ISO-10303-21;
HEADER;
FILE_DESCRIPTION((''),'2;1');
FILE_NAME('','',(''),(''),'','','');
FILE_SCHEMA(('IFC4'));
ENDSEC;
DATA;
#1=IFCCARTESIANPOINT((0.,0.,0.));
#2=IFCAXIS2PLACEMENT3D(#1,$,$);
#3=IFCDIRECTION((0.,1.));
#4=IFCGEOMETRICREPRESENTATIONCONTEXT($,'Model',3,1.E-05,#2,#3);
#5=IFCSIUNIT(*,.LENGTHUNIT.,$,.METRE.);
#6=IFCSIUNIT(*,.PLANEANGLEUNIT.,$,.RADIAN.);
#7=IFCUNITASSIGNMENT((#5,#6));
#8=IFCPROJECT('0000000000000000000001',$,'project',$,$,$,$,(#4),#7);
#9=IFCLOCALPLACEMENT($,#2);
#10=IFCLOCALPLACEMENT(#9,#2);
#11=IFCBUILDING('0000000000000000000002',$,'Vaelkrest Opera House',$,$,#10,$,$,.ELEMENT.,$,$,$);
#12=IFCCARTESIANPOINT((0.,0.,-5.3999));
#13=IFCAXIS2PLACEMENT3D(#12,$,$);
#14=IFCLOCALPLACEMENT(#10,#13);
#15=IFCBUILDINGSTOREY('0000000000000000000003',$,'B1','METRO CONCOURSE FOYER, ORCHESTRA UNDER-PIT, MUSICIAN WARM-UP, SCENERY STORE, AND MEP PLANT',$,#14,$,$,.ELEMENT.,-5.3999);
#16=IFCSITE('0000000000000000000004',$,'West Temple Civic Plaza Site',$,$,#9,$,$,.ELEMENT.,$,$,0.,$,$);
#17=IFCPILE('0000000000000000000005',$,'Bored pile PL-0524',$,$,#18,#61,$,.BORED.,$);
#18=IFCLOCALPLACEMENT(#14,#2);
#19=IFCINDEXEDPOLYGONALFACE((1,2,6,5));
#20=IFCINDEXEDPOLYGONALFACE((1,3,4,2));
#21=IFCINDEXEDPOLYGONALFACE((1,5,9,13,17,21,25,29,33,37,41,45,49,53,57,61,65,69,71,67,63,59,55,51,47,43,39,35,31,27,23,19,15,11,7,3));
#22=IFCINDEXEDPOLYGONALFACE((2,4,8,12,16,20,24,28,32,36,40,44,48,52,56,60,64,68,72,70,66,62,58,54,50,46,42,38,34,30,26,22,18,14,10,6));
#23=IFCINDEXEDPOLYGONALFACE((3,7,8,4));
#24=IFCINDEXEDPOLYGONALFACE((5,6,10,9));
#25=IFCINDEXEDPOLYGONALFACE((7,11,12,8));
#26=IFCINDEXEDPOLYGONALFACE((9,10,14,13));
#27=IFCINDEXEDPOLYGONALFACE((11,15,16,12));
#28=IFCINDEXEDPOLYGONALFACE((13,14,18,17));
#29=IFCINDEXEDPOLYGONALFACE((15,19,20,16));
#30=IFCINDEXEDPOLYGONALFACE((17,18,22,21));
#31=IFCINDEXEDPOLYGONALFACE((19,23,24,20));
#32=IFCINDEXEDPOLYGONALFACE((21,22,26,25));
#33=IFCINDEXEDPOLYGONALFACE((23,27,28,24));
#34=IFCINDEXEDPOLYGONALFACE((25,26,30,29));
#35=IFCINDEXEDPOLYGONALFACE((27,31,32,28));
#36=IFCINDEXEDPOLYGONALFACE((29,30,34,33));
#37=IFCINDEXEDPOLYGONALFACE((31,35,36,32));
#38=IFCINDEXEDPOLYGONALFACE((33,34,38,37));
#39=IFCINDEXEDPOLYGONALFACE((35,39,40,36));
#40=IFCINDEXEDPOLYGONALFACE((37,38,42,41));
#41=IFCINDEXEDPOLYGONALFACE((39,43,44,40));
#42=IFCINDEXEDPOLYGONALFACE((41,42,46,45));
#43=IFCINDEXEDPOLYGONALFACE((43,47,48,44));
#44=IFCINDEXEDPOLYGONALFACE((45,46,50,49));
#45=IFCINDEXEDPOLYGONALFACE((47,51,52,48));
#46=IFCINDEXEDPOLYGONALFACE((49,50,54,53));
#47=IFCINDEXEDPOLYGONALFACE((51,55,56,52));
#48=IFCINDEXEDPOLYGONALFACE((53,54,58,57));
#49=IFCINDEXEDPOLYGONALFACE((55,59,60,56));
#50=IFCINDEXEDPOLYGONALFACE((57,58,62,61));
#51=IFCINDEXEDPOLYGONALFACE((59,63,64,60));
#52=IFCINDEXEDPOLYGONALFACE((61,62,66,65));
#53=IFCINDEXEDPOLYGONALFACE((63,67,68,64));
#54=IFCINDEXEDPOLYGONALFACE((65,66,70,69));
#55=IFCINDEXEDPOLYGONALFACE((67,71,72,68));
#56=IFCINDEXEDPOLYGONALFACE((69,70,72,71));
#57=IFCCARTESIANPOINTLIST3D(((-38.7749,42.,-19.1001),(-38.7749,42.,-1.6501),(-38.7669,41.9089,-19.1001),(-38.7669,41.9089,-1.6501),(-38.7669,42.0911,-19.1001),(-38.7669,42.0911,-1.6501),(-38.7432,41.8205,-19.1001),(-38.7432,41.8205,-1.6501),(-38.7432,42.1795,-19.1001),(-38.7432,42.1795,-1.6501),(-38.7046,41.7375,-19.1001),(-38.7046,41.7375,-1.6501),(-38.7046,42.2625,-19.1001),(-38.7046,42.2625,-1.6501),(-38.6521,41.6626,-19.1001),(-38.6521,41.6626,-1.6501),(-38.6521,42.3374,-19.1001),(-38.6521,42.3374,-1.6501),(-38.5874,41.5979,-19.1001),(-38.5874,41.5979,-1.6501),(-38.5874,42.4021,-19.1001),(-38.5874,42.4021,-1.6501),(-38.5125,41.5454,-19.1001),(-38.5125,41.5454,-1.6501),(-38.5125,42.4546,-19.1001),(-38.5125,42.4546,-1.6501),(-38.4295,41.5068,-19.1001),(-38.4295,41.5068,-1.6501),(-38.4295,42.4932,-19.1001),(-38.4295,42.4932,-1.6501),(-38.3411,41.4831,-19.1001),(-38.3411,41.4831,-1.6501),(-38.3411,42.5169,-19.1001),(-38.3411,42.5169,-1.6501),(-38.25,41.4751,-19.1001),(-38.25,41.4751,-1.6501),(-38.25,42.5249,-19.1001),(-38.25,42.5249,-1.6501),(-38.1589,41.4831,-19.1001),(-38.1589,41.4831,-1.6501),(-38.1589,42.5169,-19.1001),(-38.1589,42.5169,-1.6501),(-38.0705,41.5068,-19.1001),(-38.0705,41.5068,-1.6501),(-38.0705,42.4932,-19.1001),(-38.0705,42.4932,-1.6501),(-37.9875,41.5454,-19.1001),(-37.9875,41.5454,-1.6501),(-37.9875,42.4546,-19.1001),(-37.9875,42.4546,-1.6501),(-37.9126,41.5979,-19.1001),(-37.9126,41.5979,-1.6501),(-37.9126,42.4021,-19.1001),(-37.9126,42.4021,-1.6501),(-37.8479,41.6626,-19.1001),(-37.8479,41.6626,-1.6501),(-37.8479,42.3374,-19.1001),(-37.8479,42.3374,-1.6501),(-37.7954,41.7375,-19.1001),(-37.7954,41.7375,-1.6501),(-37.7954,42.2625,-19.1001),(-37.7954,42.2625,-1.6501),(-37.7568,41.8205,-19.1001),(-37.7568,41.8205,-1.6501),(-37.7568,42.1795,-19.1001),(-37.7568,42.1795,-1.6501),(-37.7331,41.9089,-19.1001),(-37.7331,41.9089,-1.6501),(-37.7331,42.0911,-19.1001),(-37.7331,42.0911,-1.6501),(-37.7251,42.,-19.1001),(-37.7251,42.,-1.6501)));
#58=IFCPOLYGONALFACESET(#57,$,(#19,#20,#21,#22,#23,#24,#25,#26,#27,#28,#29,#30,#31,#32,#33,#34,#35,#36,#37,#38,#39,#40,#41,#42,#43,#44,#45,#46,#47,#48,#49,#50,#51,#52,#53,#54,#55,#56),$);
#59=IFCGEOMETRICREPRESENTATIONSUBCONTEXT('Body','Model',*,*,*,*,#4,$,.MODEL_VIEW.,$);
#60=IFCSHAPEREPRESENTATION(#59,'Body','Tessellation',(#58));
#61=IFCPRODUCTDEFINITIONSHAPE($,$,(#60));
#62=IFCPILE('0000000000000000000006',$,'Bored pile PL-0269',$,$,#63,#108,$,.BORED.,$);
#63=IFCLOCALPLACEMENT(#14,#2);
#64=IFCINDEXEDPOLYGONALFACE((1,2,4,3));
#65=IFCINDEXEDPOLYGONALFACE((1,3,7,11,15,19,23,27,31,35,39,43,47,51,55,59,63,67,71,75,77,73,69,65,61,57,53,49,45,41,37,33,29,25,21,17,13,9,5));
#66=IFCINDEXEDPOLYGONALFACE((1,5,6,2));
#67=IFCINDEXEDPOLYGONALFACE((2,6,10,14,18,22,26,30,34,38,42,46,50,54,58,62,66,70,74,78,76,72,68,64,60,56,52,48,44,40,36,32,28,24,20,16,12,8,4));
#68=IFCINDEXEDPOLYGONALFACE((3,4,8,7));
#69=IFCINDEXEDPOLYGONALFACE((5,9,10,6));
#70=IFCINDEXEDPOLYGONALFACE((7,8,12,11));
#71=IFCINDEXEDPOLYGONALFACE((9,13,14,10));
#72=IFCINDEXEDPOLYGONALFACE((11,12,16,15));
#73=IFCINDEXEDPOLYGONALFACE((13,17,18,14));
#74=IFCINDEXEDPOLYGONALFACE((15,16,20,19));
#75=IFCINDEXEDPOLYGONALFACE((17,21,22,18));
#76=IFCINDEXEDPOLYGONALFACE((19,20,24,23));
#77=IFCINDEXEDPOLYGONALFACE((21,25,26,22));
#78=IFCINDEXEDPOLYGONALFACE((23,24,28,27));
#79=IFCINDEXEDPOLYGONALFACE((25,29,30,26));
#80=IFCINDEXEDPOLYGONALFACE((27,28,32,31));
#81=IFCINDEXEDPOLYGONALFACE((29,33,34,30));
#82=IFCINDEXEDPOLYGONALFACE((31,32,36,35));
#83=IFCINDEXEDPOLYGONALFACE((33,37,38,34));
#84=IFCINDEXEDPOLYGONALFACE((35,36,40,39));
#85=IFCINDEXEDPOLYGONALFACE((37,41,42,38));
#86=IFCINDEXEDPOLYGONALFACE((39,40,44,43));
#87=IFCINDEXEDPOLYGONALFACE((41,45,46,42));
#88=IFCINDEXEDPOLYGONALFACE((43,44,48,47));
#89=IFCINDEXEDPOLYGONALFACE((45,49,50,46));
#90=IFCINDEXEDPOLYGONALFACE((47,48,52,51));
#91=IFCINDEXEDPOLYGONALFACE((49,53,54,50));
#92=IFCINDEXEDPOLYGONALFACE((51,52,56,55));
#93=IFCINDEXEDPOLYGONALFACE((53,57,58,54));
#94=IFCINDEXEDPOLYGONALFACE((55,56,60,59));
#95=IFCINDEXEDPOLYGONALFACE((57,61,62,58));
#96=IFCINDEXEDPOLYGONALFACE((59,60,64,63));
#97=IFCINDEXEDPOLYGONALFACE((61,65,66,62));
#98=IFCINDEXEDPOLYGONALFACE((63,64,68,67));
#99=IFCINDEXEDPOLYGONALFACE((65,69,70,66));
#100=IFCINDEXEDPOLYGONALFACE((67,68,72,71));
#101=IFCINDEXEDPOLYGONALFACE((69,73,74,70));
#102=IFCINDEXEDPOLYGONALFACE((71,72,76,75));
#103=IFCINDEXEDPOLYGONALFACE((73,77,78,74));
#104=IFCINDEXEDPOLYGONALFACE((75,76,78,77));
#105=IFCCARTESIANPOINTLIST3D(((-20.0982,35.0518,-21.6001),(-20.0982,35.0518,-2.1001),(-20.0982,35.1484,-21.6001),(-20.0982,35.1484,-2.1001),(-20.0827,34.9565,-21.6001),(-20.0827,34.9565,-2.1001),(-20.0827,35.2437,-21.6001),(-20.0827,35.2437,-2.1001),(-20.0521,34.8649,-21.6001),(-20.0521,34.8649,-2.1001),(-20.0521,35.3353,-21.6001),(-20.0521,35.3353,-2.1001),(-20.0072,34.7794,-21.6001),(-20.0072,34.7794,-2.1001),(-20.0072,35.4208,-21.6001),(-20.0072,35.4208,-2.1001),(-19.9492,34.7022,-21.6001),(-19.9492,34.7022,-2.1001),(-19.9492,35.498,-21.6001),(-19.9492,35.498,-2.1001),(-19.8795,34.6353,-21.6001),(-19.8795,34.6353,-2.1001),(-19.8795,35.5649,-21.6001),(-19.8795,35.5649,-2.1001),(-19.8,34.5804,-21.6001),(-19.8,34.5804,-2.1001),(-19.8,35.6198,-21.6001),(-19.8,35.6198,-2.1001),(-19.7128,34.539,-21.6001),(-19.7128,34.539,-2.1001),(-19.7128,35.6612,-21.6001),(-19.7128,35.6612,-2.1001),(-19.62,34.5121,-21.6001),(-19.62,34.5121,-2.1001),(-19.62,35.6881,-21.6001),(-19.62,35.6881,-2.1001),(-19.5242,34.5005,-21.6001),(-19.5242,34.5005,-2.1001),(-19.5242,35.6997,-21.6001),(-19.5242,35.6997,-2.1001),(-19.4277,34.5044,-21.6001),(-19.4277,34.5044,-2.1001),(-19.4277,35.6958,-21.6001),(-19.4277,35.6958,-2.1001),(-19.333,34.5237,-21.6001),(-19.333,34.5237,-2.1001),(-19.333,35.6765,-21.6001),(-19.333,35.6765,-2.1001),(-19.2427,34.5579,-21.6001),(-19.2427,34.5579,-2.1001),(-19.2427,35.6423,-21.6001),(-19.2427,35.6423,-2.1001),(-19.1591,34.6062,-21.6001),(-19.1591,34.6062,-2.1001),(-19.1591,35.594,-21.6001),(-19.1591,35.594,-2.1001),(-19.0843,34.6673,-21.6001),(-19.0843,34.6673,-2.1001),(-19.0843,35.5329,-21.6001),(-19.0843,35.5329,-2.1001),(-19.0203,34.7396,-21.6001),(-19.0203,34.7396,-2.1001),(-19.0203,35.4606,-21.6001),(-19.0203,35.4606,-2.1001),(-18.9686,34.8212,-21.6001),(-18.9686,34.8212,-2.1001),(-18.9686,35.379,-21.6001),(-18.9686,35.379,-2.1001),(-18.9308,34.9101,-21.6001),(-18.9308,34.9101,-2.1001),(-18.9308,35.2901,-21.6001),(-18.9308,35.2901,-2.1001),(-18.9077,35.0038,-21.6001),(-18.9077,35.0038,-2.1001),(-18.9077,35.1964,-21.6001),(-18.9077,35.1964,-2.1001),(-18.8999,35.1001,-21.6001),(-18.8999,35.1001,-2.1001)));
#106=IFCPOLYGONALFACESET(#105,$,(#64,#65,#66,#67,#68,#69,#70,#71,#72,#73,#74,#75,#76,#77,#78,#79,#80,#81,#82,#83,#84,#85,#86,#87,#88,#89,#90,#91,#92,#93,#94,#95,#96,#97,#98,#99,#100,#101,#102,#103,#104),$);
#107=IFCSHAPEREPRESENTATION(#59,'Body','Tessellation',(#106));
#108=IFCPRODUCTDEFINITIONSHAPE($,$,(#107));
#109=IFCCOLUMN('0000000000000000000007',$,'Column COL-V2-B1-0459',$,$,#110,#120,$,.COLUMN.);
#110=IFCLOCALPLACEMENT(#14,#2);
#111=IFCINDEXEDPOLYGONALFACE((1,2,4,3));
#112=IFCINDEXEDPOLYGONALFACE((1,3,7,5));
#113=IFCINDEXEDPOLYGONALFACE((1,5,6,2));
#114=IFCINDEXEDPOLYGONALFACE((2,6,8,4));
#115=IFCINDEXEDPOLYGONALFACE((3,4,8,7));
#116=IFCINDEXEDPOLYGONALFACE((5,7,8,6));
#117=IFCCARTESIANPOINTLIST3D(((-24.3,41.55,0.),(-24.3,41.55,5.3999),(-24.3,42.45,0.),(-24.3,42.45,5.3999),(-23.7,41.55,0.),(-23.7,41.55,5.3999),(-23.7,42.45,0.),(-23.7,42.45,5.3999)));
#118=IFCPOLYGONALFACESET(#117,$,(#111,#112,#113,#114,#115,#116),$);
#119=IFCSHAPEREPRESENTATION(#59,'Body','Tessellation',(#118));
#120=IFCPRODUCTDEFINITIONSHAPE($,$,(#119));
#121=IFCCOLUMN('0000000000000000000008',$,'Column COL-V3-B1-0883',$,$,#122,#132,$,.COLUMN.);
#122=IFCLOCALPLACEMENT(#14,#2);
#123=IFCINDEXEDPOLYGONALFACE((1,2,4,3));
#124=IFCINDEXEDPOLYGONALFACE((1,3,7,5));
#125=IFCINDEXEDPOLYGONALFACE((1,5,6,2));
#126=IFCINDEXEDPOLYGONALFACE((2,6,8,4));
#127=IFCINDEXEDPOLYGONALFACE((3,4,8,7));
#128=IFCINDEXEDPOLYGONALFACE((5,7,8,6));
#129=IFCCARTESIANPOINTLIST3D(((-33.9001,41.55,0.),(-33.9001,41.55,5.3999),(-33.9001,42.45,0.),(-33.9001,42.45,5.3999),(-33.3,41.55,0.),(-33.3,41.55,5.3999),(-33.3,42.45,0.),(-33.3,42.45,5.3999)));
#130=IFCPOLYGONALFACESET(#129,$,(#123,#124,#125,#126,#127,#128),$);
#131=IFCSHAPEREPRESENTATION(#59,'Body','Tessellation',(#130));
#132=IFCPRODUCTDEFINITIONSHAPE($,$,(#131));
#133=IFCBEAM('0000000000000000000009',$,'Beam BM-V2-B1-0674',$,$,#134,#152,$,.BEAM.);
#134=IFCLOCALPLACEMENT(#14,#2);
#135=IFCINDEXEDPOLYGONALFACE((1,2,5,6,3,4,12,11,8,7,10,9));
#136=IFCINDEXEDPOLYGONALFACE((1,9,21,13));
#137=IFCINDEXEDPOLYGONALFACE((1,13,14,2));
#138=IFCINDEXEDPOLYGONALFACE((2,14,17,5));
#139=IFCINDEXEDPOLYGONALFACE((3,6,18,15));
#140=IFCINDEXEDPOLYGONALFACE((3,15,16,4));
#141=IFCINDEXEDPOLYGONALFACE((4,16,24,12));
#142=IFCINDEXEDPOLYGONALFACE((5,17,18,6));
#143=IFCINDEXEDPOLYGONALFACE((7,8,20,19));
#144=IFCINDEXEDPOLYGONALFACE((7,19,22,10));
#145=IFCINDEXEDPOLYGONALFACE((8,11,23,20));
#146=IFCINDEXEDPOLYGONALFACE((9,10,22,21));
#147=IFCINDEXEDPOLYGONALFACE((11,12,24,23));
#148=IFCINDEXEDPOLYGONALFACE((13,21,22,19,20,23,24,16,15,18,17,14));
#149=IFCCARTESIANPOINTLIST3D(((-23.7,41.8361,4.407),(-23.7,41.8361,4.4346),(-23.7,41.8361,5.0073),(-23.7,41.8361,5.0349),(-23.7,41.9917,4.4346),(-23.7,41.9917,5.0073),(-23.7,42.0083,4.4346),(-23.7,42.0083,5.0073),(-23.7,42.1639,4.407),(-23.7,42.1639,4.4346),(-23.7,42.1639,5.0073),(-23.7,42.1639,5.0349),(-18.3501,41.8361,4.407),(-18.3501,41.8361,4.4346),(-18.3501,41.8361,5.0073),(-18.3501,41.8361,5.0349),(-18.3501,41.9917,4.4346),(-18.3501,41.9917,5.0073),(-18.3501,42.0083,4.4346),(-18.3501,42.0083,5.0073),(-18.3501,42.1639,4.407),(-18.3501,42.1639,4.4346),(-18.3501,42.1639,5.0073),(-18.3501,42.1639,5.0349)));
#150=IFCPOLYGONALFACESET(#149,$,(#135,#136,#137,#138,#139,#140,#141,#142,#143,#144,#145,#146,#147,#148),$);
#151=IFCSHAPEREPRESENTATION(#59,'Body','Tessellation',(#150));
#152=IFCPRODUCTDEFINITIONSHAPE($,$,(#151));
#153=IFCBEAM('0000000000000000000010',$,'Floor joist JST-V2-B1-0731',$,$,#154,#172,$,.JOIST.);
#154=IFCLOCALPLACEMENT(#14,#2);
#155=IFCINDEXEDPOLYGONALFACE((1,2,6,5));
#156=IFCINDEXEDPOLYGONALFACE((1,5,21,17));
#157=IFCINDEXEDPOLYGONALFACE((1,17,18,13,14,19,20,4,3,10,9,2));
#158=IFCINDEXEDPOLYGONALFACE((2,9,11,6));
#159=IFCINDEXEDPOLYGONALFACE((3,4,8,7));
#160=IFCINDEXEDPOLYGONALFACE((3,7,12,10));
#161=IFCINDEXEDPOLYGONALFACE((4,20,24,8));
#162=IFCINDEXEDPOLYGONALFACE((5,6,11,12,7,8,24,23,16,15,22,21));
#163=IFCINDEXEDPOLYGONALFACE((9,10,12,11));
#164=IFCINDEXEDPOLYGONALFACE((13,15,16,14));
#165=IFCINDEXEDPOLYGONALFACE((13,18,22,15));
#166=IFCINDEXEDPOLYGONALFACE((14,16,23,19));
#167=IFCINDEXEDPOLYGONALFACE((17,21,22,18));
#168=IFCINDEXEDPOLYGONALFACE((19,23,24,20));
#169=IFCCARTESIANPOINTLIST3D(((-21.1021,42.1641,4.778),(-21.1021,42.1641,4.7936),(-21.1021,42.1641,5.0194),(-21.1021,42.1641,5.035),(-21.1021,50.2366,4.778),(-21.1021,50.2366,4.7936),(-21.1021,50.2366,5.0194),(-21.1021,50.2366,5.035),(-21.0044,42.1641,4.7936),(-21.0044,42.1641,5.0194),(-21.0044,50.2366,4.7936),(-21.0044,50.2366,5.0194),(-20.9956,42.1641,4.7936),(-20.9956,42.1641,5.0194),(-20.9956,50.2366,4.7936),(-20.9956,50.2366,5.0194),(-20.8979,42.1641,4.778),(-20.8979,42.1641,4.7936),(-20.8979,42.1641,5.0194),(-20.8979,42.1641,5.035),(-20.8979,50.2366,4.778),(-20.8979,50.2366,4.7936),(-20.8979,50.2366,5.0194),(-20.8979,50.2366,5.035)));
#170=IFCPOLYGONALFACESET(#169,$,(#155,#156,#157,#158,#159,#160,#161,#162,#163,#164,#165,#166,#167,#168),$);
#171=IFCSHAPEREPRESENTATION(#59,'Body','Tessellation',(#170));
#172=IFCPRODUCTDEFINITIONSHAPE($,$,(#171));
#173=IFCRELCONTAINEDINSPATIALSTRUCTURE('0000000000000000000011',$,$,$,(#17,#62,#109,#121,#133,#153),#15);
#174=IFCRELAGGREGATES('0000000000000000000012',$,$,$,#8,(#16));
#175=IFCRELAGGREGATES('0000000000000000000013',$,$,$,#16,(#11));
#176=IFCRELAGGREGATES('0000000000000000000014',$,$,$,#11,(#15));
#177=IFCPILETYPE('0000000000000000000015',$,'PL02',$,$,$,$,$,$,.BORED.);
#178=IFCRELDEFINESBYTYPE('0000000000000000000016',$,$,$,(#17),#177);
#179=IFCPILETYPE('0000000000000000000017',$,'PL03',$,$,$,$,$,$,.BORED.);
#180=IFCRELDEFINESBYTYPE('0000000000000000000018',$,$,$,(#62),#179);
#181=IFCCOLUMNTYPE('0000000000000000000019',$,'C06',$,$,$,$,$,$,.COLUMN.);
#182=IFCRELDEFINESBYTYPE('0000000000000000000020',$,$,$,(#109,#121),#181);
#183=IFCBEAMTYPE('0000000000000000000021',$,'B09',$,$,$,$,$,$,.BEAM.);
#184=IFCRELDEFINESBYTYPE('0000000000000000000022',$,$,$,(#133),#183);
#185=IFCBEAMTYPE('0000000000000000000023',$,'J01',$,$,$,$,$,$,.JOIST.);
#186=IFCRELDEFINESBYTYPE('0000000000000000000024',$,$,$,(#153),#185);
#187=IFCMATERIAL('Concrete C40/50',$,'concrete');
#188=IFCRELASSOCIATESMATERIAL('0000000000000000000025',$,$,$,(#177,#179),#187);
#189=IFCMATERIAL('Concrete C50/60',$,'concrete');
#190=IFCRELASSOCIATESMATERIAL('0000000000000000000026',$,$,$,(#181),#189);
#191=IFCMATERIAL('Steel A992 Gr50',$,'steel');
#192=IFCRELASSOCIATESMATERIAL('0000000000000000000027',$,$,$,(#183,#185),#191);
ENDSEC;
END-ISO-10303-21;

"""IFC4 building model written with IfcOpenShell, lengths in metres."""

from ifc_helpers import new_model, si_unit, direction, frame, origin, origin_2d, place, context, subcontext, project, spatial, rectangle, circle, i_section, extrude, material, material_profile, profile_set, type_object, element, save


model = new_model("IFC4")

# Units and contexts
model_context = context("Model", 3, precision=1e-05, world=origin(), true_north=direction((0.0, 1.0)))
body_context = subcontext(model_context, "Body", "Model", "MODEL_VIEW")
ifc_project = project(units=[si_unit("LENGTHUNIT", "METRE"), si_unit("PLANEANGLEUNIT", "RADIAN")], contexts=[model_context])

# Site, building, storey
site_placement = place(None, origin())
site = spatial("IfcSite", under=ifc_project, at=site_placement, Name="West Temple Civic Plaza Site", CompositionType="ELEMENT", RefElevation=0.0)
building_placement = place(site_placement, origin())
building = spatial("IfcBuilding", under=site, at=building_placement, Name="Vaelkrest Opera House", CompositionType="ELEMENT")
storey_placement = place(building_placement, frame((0.0, 0.0, -5.3999)))
storey = spatial("IfcBuildingStorey", under=building, at=storey_placement, Name="B1", Description="METRO CONCOURSE FOYER, ORCHESTRA UNDER-PIT, MUSICIAN WARM-UP, SCENERY STORE, AND MEP PLANT", CompositionType="ELEMENT", Elevation=-5.3999)

# Shared definitions
ifc_material_1 = material(Name="Concrete C40/50", Category="concrete")

# Piles
ifc_material_profile_1 = material_profile(ifc_material_1, circle(Radius=0.5249, at=origin_2d()), Name="PILE1050")
ifc_profile_set_1 = profile_set([ifc_material_profile_1], Name="Concrete C40/50")
pile_type_1 = type_object("IfcPileType", Name="PL02", PredefinedType="BORED", material=ifc_profile_set_1)
pile_1_placement = place(storey_placement, frame((-38.25, 42.0, -1.6501), z_axis=(0.0, 0.0, -1.0), x_axis=(1.0, 0.0, 0.0)))
element("IfcPile", 1, at=pile_1_placement, inside=storey, type_object=pile_type_1, Name="Bored pile PL-0524", PredefinedType="BORED", context=body_context, shape_type="SweptSolid", body=[
    extrude(circle(Radius=0.5249, at=origin_2d()), origin(), (0.0, 0.0, 1.0), 17.45),
])
ifc_material_profile_2 = material_profile(ifc_material_1, circle(Radius=0.6001, at=origin_2d()), Name="PILE1200")
ifc_profile_set_2 = profile_set([ifc_material_profile_2], Name="Concrete C40/50")
pile_type_2 = type_object("IfcPileType", Name="PL03", PredefinedType="BORED", material=ifc_profile_set_2)
pile_2_placement = place(storey_placement, frame((-19.5, 35.1001, -2.1001), z_axis=(0.0, 0.0, -1.0), x_axis=(1.0, 0.0, 0.0)))
element("IfcPile", 2, at=pile_2_placement, inside=storey, type_object=pile_type_2, Name="Bored pile PL-0269", PredefinedType="BORED", context=body_context, shape_type="SweptSolid", body=[
    extrude(circle(Radius=0.6001, at=origin_2d()), origin(), (0.0, 0.0, 1.0), 19.5),
])

# Columns
ifc_material_2 = material(Name="Concrete C50/60", Category="concrete")
ifc_material_profile_3 = material_profile(ifc_material_2, rectangle(XDim=0.6001, YDim=0.8999, at=origin_2d()), Name="RC600X900")
ifc_profile_set_3 = profile_set([ifc_material_profile_3], Name="Concrete C50/60")
column_type = type_object("IfcColumnType", Name="C06", PredefinedType="COLUMN", material=ifc_profile_set_3)
for number, where, z_axis, x_axis, name in (
    (3, (-24.0, 42.0, 0.0), (0.0, 0.0, 1.0), (1.0, 0.0, 0.0), "Column COL-V2-B1-0459"),
    (4, (-33.6001, 42.0, 0.0), (0.0, 0.0, 1.0), (1.0, 0.0, 0.0), "Column COL-V3-B1-0883"),
):
    element("IfcColumn", number, at=place(storey_placement, frame(where, z_axis=z_axis, x_axis=x_axis)), inside=storey, type_object=column_type, Name=name, PredefinedType="COLUMN", context=body_context, shape_type="SweptSolid", body=[
        extrude(rectangle(XDim=0.6001, YDim=0.8999, at=origin_2d()), origin(), (0.0, 0.0, 1.0), 5.3999),
    ])

# Beams
ifc_material_3 = material(Name="Steel A992 Gr50", Category="steel")
ifc_material_profile_4 = material_profile(ifc_material_3, i_section(OverallWidth=0.3279, OverallDepth=0.6279, WebThickness=0.0166, FlangeThickness=0.0276, at=origin_2d()), Name="W24X146")
ifc_profile_set_4 = profile_set([ifc_material_profile_4], Name="Steel A992 Gr50")
beam_type_1 = type_object("IfcBeamType", Name="B09", PredefinedType="BEAM", material=ifc_profile_set_4)
beam_1_placement = place(storey_placement, frame((-23.7, 42.0, 4.7209), z_axis=(1.0, 0.0, 0.0), x_axis=(0.0, 1.0, 0.0)))
element("IfcBeam", 5, at=beam_1_placement, inside=storey, type_object=beam_type_1, Name="Beam BM-V2-B1-0674", PredefinedType="BEAM", context=body_context, shape_type="SweptSolid", body=[
    extrude(i_section(OverallWidth=0.3279, OverallDepth=0.6279, WebThickness=0.0166, FlangeThickness=0.0276, at=origin_2d()), origin(), (0.0, 0.0, 1.0), 5.3499),
])
ifc_material_profile_5 = material_profile(ifc_material_3, i_section(OverallWidth=0.2041, OverallDepth=0.2571, WebThickness=0.0088, FlangeThickness=0.0156, at=origin_2d()), Name="W10X45")
ifc_profile_set_5 = profile_set([ifc_material_profile_5], Name="Steel A992 Gr50")
beam_type_2 = type_object("IfcBeamType", Name="J01", PredefinedType="JOIST", material=ifc_profile_set_5)
beam_2_placement = place(storey_placement, frame((-21.0, 42.1641, 4.9065), z_axis=(0.0, 1.0, 0.0), x_axis=(-1.0, 0.0, 0.0)))
element("IfcBeam", 6, at=beam_2_placement, inside=storey, type_object=beam_type_2, Name="Floor joist JST-V2-B1-0731", PredefinedType="JOIST", context=body_context, shape_type="SweptSolid", body=[
    extrude(i_section(OverallWidth=0.2041, OverallDepth=0.2571, WebThickness=0.0088, FlangeThickness=0.0156, at=origin_2d()), origin(), (0.0, 0.0, 1.0), 8.0725),
])

save(model, "model.ifc")
